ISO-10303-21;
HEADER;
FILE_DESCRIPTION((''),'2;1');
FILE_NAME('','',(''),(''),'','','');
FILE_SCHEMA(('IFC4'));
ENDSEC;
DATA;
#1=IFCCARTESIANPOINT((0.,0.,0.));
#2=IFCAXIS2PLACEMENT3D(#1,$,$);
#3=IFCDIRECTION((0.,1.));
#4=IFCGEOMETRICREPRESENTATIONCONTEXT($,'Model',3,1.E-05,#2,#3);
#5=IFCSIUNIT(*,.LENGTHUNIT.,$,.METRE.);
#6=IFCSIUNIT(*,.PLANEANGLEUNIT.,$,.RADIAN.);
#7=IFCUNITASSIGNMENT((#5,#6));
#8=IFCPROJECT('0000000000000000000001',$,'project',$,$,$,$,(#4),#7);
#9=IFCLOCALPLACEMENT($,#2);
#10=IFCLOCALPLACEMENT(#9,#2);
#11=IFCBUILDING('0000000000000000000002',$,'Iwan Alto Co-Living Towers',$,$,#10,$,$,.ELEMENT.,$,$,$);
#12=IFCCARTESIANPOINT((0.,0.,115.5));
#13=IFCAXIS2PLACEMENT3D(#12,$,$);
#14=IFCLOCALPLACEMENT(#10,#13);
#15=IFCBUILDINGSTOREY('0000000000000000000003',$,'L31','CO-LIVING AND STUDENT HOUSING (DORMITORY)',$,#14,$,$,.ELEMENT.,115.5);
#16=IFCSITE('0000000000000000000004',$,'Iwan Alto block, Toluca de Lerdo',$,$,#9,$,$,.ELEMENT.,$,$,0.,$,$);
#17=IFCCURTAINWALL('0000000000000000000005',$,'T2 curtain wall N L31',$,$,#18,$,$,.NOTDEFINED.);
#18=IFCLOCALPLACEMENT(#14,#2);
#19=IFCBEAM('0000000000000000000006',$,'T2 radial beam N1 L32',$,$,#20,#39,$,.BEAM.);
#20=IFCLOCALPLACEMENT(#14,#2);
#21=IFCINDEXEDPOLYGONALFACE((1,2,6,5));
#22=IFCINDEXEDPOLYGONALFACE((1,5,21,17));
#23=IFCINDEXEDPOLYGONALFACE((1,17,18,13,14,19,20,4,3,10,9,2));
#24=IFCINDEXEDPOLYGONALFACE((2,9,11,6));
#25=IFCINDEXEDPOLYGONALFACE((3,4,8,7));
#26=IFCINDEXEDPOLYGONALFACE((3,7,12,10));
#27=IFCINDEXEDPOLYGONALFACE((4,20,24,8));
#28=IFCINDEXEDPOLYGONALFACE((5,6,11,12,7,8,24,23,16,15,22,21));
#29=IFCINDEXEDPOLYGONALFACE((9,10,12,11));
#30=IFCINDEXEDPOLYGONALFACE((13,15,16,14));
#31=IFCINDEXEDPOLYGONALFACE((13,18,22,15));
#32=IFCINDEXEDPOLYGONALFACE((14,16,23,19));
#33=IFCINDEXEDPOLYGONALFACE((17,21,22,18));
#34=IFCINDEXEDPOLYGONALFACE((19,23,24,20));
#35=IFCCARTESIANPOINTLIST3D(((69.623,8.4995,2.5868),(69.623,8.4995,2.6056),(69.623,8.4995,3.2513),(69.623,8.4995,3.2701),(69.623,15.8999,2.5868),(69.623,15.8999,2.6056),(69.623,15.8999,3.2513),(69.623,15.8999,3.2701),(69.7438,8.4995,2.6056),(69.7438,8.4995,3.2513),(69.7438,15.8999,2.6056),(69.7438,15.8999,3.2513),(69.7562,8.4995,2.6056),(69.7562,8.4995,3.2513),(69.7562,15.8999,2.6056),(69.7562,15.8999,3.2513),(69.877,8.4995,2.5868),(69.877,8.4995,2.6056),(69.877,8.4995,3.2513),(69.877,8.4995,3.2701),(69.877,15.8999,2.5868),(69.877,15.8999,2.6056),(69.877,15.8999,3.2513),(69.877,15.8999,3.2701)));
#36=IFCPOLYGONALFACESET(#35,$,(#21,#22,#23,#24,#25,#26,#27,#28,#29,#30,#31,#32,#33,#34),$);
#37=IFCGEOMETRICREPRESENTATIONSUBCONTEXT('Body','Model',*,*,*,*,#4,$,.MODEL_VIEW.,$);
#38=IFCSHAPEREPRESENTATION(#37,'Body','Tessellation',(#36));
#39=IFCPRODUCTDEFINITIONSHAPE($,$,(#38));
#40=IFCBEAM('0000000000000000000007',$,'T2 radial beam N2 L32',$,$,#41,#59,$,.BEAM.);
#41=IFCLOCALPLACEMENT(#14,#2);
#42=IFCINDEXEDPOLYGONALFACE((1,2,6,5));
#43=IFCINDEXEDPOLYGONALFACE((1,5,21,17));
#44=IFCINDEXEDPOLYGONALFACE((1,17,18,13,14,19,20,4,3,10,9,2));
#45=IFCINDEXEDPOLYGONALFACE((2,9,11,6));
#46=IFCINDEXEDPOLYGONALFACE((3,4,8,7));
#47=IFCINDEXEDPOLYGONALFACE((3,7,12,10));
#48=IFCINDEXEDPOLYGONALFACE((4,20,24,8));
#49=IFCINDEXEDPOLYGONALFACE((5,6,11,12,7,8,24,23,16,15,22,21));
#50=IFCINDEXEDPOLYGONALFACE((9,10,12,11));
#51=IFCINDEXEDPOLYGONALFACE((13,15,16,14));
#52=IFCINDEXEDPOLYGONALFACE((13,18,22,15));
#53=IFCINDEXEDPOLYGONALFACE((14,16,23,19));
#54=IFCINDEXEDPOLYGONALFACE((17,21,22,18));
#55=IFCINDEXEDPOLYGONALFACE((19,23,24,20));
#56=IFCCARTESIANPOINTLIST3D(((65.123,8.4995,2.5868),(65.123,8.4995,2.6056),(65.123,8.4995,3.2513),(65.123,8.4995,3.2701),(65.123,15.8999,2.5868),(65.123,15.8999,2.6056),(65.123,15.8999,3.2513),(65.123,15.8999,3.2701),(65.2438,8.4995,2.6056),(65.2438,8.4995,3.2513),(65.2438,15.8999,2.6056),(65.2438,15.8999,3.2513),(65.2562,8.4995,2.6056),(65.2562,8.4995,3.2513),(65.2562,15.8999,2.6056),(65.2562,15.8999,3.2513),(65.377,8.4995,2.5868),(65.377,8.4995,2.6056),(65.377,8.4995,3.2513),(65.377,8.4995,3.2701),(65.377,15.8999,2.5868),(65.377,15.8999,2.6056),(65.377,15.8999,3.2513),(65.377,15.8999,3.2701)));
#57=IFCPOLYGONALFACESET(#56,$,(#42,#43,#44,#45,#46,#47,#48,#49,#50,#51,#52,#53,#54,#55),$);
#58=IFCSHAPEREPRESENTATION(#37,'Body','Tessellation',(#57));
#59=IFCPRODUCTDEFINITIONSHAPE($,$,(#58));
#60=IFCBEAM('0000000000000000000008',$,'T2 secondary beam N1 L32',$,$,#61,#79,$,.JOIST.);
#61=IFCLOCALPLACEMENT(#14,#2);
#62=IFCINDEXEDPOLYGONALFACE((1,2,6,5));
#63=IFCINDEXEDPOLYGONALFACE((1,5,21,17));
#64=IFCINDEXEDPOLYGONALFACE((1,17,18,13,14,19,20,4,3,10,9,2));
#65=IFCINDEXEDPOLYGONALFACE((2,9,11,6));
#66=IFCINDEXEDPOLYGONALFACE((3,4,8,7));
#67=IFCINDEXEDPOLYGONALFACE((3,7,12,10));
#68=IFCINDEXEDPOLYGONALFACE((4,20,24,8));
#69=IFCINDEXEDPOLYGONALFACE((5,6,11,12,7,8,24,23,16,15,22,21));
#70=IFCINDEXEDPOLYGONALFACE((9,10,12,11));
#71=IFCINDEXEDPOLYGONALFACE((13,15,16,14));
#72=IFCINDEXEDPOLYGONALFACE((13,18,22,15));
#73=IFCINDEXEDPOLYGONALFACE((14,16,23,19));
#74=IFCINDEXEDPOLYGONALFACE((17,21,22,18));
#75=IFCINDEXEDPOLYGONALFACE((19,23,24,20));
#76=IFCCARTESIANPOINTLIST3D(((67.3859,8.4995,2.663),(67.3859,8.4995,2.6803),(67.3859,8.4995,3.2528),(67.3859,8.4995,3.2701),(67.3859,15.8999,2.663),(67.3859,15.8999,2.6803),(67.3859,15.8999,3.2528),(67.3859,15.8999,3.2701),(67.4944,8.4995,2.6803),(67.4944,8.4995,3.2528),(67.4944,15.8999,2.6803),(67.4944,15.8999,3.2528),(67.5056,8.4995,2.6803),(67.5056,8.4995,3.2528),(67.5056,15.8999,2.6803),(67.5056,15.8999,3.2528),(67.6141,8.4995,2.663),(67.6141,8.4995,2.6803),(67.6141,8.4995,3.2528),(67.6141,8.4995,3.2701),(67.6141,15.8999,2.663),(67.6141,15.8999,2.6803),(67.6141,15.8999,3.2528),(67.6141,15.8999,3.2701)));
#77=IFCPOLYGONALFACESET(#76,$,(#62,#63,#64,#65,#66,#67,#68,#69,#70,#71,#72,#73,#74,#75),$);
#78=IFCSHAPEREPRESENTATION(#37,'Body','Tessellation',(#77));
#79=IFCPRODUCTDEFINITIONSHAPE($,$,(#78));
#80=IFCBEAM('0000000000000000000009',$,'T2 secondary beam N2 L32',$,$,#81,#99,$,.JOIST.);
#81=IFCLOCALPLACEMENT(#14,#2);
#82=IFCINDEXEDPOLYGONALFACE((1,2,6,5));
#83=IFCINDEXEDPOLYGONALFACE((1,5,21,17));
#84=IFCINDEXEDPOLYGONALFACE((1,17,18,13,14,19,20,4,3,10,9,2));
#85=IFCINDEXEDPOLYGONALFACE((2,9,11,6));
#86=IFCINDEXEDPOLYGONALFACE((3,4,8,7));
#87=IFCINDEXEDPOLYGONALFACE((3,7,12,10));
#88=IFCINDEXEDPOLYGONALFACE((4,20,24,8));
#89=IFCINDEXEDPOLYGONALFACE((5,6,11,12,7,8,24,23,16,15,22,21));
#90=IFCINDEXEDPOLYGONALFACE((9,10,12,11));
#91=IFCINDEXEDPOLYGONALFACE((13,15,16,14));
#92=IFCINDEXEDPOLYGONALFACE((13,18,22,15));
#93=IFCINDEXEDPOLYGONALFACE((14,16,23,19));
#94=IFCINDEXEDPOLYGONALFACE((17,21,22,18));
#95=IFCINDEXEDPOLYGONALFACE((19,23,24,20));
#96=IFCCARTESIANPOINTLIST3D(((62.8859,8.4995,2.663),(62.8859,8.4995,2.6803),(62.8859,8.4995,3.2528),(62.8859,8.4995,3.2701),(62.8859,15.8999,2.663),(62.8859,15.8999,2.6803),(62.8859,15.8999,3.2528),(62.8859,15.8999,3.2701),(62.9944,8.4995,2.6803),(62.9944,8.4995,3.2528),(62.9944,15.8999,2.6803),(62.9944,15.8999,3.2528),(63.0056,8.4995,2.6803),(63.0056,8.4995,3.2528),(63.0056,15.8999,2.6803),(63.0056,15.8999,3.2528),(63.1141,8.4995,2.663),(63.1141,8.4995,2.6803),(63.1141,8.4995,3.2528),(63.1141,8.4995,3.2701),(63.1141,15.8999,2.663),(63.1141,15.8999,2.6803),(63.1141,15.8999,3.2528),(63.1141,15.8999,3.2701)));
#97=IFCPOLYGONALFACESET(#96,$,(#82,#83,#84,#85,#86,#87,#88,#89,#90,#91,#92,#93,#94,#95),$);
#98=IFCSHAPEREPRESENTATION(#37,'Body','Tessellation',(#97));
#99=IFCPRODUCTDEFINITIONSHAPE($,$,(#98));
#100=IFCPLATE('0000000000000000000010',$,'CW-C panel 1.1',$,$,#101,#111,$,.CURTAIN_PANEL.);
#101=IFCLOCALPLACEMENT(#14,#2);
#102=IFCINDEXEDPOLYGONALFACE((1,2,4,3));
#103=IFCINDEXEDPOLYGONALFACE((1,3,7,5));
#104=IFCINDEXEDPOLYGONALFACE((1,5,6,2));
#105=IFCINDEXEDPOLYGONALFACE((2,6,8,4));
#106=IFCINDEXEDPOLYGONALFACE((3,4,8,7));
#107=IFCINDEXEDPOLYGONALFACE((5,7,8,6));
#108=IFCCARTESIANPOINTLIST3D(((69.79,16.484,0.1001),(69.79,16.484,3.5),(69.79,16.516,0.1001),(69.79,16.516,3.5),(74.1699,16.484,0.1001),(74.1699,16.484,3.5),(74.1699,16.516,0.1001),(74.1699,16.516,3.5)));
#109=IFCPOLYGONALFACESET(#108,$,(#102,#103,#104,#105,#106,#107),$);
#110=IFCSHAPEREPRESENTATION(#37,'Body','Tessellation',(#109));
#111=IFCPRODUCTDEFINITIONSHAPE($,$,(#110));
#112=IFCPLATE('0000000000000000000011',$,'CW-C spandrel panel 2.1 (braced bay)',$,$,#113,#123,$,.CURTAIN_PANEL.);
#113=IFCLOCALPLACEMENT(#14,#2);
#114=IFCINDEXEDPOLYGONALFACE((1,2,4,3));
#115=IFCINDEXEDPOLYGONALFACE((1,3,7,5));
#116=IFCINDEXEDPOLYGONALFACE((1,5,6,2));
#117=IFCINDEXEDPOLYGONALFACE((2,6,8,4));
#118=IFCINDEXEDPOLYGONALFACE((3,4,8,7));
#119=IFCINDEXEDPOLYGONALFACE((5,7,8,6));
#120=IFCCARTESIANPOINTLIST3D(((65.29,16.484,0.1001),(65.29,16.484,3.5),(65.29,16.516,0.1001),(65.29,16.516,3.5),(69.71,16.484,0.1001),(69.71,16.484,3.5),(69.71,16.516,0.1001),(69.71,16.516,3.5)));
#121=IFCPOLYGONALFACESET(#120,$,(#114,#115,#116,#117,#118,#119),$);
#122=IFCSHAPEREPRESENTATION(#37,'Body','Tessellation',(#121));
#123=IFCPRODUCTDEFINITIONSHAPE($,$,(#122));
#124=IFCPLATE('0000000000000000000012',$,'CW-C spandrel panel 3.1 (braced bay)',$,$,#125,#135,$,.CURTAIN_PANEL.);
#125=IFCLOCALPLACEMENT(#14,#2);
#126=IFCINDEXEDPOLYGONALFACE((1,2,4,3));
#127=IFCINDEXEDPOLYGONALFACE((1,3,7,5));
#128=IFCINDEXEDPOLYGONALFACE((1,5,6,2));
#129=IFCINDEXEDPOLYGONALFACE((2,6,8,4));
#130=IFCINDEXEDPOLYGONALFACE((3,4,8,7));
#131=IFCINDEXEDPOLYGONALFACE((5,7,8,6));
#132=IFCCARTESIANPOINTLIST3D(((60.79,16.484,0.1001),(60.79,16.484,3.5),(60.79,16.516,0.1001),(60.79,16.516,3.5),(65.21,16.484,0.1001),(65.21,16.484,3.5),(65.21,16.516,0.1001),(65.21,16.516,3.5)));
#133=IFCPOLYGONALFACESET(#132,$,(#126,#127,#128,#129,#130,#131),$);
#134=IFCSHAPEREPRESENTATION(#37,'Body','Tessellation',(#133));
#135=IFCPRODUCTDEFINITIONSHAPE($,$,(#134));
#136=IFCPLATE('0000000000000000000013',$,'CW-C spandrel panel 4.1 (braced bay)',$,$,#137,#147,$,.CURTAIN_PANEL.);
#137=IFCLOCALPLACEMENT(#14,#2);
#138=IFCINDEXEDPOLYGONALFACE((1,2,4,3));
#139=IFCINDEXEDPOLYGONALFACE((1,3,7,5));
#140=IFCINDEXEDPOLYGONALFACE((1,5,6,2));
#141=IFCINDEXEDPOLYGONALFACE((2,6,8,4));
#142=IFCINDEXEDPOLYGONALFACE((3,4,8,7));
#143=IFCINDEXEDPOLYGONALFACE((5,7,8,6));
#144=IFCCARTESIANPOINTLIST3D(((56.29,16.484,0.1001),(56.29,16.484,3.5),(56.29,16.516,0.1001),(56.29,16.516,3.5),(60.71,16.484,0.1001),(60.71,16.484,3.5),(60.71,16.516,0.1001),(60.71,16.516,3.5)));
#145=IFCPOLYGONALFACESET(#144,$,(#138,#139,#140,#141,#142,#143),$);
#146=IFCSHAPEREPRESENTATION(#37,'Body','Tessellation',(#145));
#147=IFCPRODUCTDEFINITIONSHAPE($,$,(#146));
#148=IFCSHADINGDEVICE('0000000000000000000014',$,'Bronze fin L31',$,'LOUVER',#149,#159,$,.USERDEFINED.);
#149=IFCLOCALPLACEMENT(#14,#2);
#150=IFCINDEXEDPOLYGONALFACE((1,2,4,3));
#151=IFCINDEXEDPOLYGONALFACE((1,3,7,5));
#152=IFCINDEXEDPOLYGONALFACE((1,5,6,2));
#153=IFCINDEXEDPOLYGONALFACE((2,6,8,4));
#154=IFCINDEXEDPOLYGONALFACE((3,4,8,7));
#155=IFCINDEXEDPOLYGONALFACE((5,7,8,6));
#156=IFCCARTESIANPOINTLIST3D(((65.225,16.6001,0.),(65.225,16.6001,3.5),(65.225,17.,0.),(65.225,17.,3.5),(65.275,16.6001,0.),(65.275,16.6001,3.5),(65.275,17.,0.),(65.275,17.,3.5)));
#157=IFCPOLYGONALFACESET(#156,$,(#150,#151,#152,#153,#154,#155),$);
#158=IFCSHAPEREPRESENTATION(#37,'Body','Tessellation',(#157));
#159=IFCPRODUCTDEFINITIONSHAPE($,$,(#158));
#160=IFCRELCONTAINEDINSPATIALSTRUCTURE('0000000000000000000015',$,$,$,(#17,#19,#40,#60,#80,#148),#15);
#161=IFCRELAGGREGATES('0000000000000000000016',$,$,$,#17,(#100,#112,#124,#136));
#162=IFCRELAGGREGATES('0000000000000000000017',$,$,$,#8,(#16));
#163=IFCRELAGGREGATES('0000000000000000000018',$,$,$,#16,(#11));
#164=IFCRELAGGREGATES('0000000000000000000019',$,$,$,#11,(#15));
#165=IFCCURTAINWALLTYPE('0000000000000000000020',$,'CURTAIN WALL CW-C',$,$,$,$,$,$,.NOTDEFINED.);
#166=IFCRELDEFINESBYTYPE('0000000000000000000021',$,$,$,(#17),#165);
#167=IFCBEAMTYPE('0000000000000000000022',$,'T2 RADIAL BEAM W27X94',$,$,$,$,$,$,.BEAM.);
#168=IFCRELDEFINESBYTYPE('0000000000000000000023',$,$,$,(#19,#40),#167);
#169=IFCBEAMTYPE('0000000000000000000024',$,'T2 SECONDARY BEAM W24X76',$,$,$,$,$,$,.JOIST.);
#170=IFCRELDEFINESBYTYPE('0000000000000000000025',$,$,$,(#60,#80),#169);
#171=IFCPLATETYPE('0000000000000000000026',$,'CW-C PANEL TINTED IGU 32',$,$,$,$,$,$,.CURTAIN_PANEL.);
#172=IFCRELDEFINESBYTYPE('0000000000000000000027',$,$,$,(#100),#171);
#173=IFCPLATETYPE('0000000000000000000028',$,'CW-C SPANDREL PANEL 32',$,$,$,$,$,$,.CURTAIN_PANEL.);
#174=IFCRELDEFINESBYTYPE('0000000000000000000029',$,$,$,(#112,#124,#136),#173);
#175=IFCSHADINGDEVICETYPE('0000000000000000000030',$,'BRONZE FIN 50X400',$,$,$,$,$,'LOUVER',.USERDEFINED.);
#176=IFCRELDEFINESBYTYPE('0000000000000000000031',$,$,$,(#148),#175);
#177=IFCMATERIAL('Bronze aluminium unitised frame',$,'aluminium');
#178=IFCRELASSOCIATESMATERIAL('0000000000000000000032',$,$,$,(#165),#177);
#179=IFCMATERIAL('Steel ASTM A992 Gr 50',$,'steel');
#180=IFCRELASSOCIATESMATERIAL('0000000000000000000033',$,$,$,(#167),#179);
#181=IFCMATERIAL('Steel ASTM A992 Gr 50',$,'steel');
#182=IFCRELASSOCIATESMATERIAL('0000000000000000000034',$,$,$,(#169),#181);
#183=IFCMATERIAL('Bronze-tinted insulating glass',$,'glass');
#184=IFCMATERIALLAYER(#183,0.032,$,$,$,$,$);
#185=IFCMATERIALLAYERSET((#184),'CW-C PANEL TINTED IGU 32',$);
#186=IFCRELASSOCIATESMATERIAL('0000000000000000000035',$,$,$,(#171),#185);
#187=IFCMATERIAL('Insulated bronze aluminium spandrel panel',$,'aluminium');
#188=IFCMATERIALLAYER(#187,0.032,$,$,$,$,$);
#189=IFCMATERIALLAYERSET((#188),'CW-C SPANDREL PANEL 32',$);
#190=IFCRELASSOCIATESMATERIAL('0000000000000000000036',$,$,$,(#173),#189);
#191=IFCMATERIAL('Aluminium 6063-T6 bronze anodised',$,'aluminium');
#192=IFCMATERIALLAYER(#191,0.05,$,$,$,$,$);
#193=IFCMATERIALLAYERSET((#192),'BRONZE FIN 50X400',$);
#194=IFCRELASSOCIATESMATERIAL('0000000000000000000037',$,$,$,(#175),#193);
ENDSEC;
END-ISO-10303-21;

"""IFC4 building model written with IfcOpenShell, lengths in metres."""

from ifc_helpers import new_model, si_unit, direction, frame, origin, origin_2d, place, context, subcontext, project, spatial, rectangle, i_section, extrude, material, layer, layer_set, material_profile, profile_set, type_object, element, aggregate, save


model = new_model("IFC4")

# Units and contexts
model_context = context("Model", 3, precision=1e-05, world=origin(), true_north=direction((0.0, 1.0)))
body_context = subcontext(model_context, "Body", "Model", "MODEL_VIEW")
ifc_project = project(units=[si_unit("LENGTHUNIT", "METRE"), si_unit("PLANEANGLEUNIT", "RADIAN")], contexts=[model_context])

# Site, building, storey
site_placement = place(None, origin())
site = spatial("IfcSite", under=ifc_project, at=site_placement, Name="Iwan Alto block, Toluca de Lerdo", CompositionType="ELEMENT", RefElevation=0.0)
building_placement = place(site_placement, origin())
building = spatial("IfcBuilding", under=site, at=building_placement, Name="Iwan Alto Co-Living Towers", CompositionType="ELEMENT")
storey_placement = place(building_placement, frame((0.0, 0.0, 115.5)))
storey = spatial("IfcBuildingStorey", under=building, at=storey_placement, Name="L31", Description="CO-LIVING AND STUDENT HOUSING (DORMITORY)", CompositionType="ELEMENT", Elevation=115.5)

# Curtain wall
ifc_material_1 = material(Name="Bronze aluminium unitised frame", Category="aluminium")
curtain_wall_type = type_object("IfcCurtainWallType", Name="CURTAIN WALL CW-C", PredefinedType="NOTDEFINED", material=ifc_material_1)
curtain_wall_placement = place(storey_placement, origin())
curtain_wall = element("IfcCurtainWall", 1, at=curtain_wall_placement, inside=storey, type_object=curtain_wall_type, Name="T2 curtain wall N L31", PredefinedType="NOTDEFINED")

# Beams
ifc_material_2 = material(Name="Steel ASTM A992 Gr 50", Category="steel")
ifc_material_profile_1 = material_profile(ifc_material_2, i_section(OverallWidth=0.2539, OverallDepth=0.6833, WebThickness=0.0125, FlangeThickness=0.0188, at=origin_2d()), Name="W27X94")
ifc_profile_set_1 = profile_set([ifc_material_profile_1], Name="Steel ASTM A992 Gr 50")
beam_type_1 = type_object("IfcBeamType", Name="T2 RADIAL BEAM W27X94", PredefinedType="BEAM", material=ifc_profile_set_1)
for number, where, z_axis, x_axis, name in (
    (2, (69.75, 15.8999, 2.9285), (0.0, -1.0, 0.0), (1.0, 0.0, 0.0), "T2 radial beam N1 L32"),
    (3, (65.25, 15.8999, 2.9285), (0.0, -1.0, 0.0), (1.0, 0.0, 0.0), "T2 radial beam N2 L32"),
):
    element("IfcBeam", number, at=place(storey_placement, frame(where, z_axis=z_axis, x_axis=x_axis)), inside=storey, type_object=beam_type_1, Name=name, PredefinedType="BEAM", context=body_context, shape_type="SweptSolid", body=[
        extrude(i_section(OverallWidth=0.2539, OverallDepth=0.6833, WebThickness=0.0125, FlangeThickness=0.0188, at=origin_2d()), origin(), (0.0, 0.0, 1.0), 7.4004),
    ])
ifc_material_3 = material(Name="Steel ASTM A992 Gr 50", Category="steel")
ifc_material_profile_2 = material_profile(ifc_material_3, i_section(OverallWidth=0.2283, OverallDepth=0.6072, WebThickness=0.0112, FlangeThickness=0.0173, at=origin_2d()), Name="W24X76")
ifc_profile_set_2 = profile_set([ifc_material_profile_2], Name="Steel ASTM A992 Gr 50")
beam_type_2 = type_object("IfcBeamType", Name="T2 SECONDARY BEAM W24X76", PredefinedType="JOIST", material=ifc_profile_set_2)
for number, where, z_axis, x_axis, name in (
    (4, (67.5, 15.8999, 2.9666), (0.0, -1.0, 0.0), (1.0, 0.0, 0.0), "T2 secondary beam N1 L32"),
    (5, (63.0, 15.8999, 2.9666), (0.0, -1.0, 0.0), (1.0, 0.0, 0.0), "T2 secondary beam N2 L32"),
):
    element("IfcBeam", number, at=place(storey_placement, frame(where, z_axis=z_axis, x_axis=x_axis)), inside=storey, type_object=beam_type_2, Name=name, PredefinedType="JOIST", context=body_context, shape_type="SweptSolid", body=[
        extrude(i_section(OverallWidth=0.2283, OverallDepth=0.6072, WebThickness=0.0112, FlangeThickness=0.0173, at=origin_2d()), origin(), (0.0, 0.0, 1.0), 7.4004),
    ])

# Plates
ifc_material_4 = material(Name="Bronze-tinted insulating glass", Category="glass")
ifc_layer_1 = layer(ifc_material_4, 0.032)
ifc_layer_set_1 = layer_set([ifc_layer_1], Name="CW-C PANEL TINTED IGU 32")
plate_type_1 = type_object("IfcPlateType", Name="CW-C PANEL TINTED IGU 32", PredefinedType="CURTAIN_PANEL", material=ifc_layer_set_1)
plate_1_placement = place(storey_placement, frame((71.98, 16.5, 0.1001), z_axis=(0.0, 0.0, 1.0), x_axis=(-1.0, 0.0, 0.0)))
plate_1 = element("IfcPlate", 6, at=plate_1_placement, type_object=plate_type_1, Name="CW-C panel 1.1", PredefinedType="CURTAIN_PANEL", context=body_context, shape_type="SweptSolid", body=[
    extrude(rectangle(XDim=4.3799, YDim=0.032, at=origin_2d()), origin(), (0.0, 0.0, 1.0), 3.3999),
])
ifc_material_5 = material(Name="Insulated bronze aluminium spandrel panel", Category="aluminium")
ifc_layer_2 = layer(ifc_material_5, 0.032)
ifc_layer_set_2 = layer_set([ifc_layer_2], Name="CW-C SPANDREL PANEL 32")
plate_type_2 = type_object("IfcPlateType", Name="CW-C SPANDREL PANEL 32", PredefinedType="CURTAIN_PANEL", material=ifc_layer_set_2)
plate_2_placement = place(storey_placement, frame((67.5, 16.5, 0.1001), z_axis=(0.0, 0.0, 1.0), x_axis=(-1.0, 0.0, 0.0)))
plate_2 = element("IfcPlate", 7, at=plate_2_placement, type_object=plate_type_2, Name="CW-C spandrel panel 2.1 (braced bay)", PredefinedType="CURTAIN_PANEL", context=body_context, shape_type="SweptSolid", body=[
    extrude(rectangle(XDim=4.4199, YDim=0.032, at=origin_2d()), origin(), (0.0, 0.0, 1.0), 3.3999),
])
plate_3_placement = place(storey_placement, frame((63.0, 16.5, 0.1001), z_axis=(0.0, 0.0, 1.0), x_axis=(-1.0, 0.0, 0.0)))
plate_3 = element("IfcPlate", 8, at=plate_3_placement, type_object=plate_type_2, Name="CW-C spandrel panel 3.1 (braced bay)", PredefinedType="CURTAIN_PANEL", context=body_context, shape_type="SweptSolid", body=[
    extrude(rectangle(XDim=4.4199, YDim=0.032, at=origin_2d()), origin(), (0.0, 0.0, 1.0), 3.3999),
])
plate_4_placement = place(storey_placement, frame((58.5, 16.5, 0.1001), z_axis=(0.0, 0.0, 1.0), x_axis=(-1.0, 0.0, 0.0)))
plate_4 = element("IfcPlate", 9, at=plate_4_placement, type_object=plate_type_2, Name="CW-C spandrel panel 4.1 (braced bay)", PredefinedType="CURTAIN_PANEL", context=body_context, shape_type="SweptSolid", body=[
    extrude(rectangle(XDim=4.4199, YDim=0.032, at=origin_2d()), origin(), (0.0, 0.0, 1.0), 3.3999),
])
aggregate(curtain_wall, [plate_1, plate_2, plate_3, plate_4])

# Shading device
ifc_material_6 = material(Name="Aluminium 6063-T6 bronze anodised", Category="aluminium")
ifc_layer_3 = layer(ifc_material_6, 0.05)
ifc_layer_set_3 = layer_set([ifc_layer_3], Name="BRONZE FIN 50X400")
shading_device_type = type_object("IfcShadingDeviceType", Name="BRONZE FIN 50X400", ElementType="LOUVER", PredefinedType="USERDEFINED", material=ifc_layer_set_3)
shading_device_placement = place(storey_placement, frame((65.25, 16.8, 0.0), z_axis=(0.0, 0.0, 1.0), x_axis=(-1.0, 0.0, 0.0)))
element("IfcShadingDevice", 10, at=shading_device_placement, inside=storey, type_object=shading_device_type, Name="Bronze fin L31", ObjectType="LOUVER", PredefinedType="USERDEFINED", context=body_context, shape_type="SweptSolid", body=[
    extrude(rectangle(XDim=0.05, YDim=0.3999, at=origin_2d()), origin(), (0.0, 0.0, 1.0), 3.5),
])

save(model, "model.ifc")
